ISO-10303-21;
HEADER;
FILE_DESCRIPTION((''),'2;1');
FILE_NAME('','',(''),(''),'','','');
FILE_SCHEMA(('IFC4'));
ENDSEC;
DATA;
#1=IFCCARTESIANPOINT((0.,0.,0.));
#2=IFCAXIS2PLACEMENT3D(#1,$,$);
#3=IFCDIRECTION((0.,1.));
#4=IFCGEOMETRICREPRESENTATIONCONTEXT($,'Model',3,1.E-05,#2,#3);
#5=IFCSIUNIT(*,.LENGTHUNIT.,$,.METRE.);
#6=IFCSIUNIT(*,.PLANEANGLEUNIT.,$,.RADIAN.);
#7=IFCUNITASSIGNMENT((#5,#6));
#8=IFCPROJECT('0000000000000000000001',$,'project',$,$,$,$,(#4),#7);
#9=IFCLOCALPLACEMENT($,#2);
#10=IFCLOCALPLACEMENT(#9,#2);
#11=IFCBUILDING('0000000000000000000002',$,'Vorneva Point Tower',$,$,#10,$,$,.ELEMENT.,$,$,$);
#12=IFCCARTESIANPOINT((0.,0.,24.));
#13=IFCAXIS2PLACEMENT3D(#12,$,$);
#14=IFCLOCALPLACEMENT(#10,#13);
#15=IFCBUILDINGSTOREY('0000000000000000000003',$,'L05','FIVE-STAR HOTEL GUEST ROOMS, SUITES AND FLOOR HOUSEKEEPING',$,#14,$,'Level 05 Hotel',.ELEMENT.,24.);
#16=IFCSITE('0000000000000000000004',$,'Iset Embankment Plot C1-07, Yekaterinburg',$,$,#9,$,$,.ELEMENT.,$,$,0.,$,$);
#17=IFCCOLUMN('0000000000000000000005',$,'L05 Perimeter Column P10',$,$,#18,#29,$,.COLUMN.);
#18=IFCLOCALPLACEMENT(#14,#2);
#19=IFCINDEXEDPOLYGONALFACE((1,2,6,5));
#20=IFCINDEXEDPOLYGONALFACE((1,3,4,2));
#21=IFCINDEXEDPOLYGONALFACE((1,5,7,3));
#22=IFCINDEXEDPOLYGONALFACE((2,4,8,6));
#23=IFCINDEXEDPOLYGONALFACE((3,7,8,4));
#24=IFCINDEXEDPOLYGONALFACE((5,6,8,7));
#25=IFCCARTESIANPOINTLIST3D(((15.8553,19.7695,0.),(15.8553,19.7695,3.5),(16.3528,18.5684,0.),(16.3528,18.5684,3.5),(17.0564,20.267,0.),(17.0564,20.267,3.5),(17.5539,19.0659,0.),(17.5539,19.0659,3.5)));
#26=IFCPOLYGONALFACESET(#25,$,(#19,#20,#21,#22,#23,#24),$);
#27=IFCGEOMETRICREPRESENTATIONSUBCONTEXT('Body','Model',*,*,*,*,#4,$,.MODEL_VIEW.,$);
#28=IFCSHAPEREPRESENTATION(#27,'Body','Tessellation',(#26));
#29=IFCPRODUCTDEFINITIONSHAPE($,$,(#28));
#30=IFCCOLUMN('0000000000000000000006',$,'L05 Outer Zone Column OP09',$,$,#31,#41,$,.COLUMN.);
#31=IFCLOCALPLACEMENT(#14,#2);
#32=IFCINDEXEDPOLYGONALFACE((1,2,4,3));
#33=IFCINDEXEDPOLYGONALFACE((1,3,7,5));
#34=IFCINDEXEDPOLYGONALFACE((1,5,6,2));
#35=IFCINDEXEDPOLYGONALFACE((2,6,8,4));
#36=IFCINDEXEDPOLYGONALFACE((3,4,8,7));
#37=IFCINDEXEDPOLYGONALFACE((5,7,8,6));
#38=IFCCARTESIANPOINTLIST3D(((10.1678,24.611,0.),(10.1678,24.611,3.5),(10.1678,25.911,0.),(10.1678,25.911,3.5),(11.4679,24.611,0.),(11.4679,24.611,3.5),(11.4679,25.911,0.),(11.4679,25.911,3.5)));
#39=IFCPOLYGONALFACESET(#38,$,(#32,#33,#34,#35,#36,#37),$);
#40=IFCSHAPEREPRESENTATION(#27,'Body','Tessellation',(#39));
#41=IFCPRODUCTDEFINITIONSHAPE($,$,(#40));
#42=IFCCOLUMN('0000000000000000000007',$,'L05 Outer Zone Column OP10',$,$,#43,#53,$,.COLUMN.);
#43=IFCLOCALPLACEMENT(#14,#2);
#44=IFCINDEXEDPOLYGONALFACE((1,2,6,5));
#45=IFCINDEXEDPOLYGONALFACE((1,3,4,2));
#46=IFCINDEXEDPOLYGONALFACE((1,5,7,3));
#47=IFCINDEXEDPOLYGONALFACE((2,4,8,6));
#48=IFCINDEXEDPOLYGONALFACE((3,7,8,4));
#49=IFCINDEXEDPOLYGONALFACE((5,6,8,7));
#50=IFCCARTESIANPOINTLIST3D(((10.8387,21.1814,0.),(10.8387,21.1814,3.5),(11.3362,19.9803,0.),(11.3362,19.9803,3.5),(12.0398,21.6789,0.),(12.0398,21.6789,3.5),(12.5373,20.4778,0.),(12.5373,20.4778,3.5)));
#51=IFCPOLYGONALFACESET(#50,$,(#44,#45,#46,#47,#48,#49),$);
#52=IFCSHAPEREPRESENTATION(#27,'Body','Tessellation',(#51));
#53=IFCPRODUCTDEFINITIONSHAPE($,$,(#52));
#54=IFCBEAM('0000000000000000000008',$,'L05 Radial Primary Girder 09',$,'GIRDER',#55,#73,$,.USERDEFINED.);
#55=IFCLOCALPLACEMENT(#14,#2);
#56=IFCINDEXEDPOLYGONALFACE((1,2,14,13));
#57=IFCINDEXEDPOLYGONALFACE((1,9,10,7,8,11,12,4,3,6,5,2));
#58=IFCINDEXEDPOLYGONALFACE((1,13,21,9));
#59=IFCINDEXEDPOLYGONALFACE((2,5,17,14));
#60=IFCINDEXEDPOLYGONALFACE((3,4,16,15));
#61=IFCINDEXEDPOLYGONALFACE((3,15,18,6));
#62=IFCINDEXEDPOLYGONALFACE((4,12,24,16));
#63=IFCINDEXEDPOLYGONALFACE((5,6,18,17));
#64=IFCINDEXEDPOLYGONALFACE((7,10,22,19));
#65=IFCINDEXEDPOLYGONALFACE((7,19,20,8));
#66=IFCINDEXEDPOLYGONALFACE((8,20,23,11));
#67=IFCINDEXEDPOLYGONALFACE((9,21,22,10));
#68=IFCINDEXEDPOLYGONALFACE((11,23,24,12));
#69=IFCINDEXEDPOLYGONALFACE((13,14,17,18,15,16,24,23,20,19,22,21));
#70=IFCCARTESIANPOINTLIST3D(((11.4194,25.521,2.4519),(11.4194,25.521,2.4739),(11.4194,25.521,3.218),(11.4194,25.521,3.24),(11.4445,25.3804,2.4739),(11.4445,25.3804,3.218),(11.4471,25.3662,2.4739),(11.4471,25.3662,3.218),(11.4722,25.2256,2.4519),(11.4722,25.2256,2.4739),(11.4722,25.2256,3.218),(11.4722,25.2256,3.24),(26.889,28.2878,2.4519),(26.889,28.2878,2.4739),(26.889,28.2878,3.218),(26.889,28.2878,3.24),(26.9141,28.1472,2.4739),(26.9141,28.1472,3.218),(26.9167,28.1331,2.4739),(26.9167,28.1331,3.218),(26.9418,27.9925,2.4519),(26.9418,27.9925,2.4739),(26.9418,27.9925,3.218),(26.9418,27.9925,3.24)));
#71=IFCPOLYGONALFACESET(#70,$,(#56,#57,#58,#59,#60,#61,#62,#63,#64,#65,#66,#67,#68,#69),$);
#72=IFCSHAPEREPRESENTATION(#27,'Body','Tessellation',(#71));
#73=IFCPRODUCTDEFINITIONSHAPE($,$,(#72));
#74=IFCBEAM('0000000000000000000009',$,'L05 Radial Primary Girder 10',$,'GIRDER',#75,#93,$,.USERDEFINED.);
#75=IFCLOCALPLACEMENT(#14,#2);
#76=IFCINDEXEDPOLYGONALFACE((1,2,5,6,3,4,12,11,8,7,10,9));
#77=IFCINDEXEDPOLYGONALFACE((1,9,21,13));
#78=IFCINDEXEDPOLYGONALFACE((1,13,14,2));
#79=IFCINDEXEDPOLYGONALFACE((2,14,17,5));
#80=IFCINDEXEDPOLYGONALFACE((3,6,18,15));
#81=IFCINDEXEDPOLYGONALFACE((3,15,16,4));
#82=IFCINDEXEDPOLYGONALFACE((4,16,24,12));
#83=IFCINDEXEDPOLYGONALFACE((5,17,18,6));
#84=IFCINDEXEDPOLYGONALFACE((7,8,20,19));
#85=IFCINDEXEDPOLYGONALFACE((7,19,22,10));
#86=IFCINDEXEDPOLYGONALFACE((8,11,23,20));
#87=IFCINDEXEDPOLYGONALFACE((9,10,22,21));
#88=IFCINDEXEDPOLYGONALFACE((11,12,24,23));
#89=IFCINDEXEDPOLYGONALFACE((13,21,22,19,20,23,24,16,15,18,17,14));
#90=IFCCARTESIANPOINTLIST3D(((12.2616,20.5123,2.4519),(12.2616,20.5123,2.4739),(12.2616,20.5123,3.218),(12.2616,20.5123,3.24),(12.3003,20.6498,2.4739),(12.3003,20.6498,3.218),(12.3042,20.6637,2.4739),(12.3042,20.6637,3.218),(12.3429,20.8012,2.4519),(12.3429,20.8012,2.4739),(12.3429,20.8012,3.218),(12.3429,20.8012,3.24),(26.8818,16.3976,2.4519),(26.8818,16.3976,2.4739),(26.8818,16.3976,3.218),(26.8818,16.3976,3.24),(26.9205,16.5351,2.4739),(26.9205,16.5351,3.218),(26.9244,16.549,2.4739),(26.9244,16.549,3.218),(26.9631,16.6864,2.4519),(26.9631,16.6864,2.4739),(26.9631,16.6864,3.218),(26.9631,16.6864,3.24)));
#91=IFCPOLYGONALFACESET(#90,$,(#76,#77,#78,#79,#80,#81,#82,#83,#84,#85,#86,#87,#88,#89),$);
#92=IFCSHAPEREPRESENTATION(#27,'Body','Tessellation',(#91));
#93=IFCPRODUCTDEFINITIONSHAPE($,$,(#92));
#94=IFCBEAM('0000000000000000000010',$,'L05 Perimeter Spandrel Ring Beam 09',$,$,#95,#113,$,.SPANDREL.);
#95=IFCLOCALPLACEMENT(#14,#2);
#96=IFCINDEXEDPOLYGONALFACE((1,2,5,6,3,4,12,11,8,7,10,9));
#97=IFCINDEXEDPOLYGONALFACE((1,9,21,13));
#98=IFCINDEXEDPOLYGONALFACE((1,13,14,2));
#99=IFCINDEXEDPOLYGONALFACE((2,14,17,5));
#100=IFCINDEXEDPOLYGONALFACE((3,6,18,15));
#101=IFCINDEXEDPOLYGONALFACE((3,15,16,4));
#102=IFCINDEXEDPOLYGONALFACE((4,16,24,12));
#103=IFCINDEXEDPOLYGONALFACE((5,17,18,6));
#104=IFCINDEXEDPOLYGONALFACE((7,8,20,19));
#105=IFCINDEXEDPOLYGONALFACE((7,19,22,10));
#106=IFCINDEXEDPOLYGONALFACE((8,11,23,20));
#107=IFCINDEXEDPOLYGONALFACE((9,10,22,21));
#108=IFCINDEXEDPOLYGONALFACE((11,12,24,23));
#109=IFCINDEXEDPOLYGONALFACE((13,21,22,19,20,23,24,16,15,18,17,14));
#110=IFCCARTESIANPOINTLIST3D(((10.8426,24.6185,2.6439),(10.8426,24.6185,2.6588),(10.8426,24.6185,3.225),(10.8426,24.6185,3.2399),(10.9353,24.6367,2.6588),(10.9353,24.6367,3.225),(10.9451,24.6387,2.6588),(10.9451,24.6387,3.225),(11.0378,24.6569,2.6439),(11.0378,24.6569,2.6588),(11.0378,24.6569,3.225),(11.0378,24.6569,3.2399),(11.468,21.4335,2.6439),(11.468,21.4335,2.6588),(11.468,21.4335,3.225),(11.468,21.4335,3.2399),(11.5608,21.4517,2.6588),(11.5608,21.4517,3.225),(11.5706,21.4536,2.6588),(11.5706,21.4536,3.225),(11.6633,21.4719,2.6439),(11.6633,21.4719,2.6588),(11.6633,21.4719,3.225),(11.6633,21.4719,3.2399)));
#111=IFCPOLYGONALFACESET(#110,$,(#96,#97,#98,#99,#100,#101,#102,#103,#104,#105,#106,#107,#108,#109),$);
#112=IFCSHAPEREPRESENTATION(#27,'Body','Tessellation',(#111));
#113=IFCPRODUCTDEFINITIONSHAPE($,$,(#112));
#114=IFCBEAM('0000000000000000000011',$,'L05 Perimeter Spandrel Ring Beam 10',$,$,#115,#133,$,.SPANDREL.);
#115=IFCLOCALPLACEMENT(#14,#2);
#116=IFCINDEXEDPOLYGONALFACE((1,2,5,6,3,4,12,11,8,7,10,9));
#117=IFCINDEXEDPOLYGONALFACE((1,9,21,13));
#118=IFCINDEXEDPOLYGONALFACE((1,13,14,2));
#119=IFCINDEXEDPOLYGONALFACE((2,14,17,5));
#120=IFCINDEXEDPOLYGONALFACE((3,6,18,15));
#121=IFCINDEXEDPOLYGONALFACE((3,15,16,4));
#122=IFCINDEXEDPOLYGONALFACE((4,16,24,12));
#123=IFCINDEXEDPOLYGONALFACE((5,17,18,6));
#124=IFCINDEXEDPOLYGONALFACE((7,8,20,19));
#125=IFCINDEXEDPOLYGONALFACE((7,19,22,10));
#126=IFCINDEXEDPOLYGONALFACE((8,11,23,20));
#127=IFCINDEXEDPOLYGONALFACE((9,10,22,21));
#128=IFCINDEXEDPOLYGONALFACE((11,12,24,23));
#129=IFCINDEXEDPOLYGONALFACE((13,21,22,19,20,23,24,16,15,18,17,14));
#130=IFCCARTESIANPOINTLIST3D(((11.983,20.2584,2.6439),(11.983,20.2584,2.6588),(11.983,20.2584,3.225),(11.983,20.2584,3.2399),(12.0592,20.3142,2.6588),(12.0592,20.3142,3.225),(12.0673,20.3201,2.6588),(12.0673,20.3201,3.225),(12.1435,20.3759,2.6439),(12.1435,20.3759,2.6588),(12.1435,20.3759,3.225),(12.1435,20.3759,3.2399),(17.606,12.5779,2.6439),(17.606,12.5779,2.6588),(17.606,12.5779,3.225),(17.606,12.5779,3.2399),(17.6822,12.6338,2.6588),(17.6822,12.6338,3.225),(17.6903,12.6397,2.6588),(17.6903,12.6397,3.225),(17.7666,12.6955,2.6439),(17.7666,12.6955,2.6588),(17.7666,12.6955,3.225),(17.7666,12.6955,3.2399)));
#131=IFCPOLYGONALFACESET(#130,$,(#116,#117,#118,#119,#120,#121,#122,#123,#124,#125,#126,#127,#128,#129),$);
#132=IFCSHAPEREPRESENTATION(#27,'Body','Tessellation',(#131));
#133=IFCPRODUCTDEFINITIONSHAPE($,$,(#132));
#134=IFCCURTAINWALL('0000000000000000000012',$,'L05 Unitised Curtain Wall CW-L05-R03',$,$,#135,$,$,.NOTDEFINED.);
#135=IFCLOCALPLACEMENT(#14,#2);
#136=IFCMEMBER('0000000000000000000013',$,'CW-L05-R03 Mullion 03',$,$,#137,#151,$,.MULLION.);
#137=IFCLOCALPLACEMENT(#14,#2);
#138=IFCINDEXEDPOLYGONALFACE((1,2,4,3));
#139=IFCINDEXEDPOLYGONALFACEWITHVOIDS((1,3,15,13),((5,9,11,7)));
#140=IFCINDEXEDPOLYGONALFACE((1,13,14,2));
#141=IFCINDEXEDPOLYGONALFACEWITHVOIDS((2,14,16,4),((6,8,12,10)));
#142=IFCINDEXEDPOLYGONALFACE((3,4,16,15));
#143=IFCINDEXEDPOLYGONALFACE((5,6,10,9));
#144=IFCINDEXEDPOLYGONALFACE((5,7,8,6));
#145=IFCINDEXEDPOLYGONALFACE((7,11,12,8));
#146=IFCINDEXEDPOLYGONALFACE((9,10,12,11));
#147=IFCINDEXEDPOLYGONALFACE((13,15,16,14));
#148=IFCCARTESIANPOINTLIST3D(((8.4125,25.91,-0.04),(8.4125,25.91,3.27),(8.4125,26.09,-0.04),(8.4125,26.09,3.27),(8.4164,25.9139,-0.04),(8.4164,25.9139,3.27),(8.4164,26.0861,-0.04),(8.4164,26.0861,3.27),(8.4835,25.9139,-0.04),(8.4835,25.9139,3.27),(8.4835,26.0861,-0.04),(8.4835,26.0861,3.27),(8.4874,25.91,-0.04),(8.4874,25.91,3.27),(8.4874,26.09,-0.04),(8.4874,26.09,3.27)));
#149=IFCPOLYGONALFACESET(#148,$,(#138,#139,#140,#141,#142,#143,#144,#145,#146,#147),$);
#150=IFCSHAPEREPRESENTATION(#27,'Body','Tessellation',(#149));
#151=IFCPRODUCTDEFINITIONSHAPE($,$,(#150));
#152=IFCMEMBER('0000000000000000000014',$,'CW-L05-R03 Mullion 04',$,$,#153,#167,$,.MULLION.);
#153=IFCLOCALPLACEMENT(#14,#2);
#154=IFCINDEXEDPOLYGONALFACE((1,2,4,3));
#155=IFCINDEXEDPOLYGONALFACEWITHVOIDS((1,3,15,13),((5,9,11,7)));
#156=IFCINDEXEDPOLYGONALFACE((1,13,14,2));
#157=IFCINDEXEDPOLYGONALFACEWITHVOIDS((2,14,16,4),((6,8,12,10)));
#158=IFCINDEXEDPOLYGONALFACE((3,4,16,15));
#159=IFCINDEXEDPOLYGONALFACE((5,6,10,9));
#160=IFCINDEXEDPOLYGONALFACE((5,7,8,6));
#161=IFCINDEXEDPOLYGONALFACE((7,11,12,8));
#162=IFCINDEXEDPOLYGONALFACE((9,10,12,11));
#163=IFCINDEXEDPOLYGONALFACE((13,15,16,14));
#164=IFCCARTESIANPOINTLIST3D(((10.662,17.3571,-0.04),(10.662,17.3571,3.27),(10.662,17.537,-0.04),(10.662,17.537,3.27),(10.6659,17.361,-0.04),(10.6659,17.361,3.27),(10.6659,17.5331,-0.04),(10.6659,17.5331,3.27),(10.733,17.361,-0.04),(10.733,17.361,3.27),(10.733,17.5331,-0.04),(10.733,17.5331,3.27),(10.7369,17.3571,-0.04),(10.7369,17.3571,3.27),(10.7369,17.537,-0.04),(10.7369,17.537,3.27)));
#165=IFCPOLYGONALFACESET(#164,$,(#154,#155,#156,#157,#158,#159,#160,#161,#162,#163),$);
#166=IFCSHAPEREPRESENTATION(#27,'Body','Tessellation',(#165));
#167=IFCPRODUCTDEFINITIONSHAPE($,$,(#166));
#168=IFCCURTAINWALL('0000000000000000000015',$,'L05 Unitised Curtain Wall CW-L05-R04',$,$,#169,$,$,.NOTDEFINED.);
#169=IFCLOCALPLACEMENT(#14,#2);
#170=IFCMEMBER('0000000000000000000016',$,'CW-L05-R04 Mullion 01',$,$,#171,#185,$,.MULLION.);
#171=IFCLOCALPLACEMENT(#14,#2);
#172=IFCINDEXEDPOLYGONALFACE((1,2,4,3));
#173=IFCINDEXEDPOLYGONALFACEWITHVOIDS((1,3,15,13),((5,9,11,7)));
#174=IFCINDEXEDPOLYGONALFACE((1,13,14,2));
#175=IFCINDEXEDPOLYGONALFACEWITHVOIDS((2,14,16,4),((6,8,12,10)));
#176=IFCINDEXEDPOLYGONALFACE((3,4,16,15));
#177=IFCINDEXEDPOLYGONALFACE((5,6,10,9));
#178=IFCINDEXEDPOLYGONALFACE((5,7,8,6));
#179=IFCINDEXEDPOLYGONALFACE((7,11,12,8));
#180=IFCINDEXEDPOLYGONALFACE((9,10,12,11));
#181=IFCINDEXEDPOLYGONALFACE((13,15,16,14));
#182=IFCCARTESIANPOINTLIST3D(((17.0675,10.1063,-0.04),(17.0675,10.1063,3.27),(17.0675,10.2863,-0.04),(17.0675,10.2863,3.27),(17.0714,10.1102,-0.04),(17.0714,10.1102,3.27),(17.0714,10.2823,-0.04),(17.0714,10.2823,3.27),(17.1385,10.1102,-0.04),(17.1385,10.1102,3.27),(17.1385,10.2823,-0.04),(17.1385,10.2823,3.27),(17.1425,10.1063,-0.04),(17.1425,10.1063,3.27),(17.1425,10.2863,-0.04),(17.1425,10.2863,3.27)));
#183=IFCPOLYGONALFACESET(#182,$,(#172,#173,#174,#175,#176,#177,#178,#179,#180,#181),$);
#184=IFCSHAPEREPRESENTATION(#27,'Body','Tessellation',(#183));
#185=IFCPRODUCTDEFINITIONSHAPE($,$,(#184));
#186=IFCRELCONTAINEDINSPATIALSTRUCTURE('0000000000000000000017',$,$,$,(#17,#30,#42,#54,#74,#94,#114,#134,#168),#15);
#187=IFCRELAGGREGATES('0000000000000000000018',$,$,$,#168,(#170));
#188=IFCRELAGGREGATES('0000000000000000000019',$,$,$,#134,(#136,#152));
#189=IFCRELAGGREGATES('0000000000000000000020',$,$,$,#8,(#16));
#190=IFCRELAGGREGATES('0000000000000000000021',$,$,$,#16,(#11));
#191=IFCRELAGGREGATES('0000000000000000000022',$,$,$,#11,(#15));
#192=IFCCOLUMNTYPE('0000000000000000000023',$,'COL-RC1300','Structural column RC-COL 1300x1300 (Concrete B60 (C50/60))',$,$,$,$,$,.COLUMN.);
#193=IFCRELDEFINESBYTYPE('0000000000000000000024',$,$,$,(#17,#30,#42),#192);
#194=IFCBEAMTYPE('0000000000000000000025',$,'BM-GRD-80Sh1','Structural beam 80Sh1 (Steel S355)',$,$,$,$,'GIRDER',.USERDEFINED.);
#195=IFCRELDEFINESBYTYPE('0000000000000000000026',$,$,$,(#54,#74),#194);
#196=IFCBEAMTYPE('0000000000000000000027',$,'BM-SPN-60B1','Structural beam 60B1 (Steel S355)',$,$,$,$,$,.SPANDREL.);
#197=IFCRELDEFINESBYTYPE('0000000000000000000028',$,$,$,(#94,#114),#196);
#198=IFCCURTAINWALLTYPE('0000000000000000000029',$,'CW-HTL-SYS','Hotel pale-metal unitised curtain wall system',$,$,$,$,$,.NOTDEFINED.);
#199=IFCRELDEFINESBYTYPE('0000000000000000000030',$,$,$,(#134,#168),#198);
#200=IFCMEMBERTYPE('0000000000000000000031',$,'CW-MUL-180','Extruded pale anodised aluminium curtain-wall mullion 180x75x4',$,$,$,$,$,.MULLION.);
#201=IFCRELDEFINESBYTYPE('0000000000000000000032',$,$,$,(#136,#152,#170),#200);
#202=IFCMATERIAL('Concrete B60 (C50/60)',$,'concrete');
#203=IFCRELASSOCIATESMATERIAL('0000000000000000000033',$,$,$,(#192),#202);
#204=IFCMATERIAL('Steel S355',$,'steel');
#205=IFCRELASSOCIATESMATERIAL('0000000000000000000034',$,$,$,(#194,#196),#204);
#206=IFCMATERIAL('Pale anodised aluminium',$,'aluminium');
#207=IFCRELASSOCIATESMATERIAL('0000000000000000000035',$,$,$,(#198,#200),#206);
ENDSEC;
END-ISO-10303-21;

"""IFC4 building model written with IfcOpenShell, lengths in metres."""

from ifc_helpers import new_model, si_unit, direction, frame, origin, origin_2d, place, context, subcontext, project, spatial, rectangle, hollow_rectangle, i_section, extrude, material, material_profile, profile_set, type_object, element, aggregate, save


model = new_model("IFC4")

# Units and contexts
model_context = context("Model", 3, precision=1e-05, world=origin(), true_north=direction((0.0, 1.0)))
body_context = subcontext(model_context, "Body", "Model", "MODEL_VIEW")
ifc_project = project(units=[si_unit("LENGTHUNIT", "METRE"), si_unit("PLANEANGLEUNIT", "RADIAN")], contexts=[model_context])

# Site, building, storey
site_placement = place(None, origin())
site = spatial("IfcSite", under=ifc_project, at=site_placement, Name="Iset Embankment Plot C1-07, Yekaterinburg", CompositionType="ELEMENT", RefElevation=0.0)
building_placement = place(site_placement, origin())
building = spatial("IfcBuilding", under=site, at=building_placement, Name="Vorneva Point Tower", CompositionType="ELEMENT")
storey_placement = place(building_placement, frame((0.0, 0.0, 24.0)))
storey = spatial("IfcBuildingStorey", under=building, at=storey_placement, Name="L05", Description="FIVE-STAR HOTEL GUEST ROOMS, SUITES AND FLOOR HOUSEKEEPING", LongName="Level 05 Hotel", CompositionType="ELEMENT", Elevation=24.0)

# Columns
ifc_material_1 = material(Name="Concrete B60 (C50/60)", Category="concrete")
ifc_material_profile_1 = material_profile(ifc_material_1, rectangle(XDim=1.3, YDim=1.3, at=origin_2d()), Name="RC-COL 1300x1300")
ifc_profile_set_1 = profile_set([ifc_material_profile_1], Name="Concrete B60 (C50/60)")
column_type = type_object("IfcColumnType", Name="COL-RC1300", Description="Structural column RC-COL 1300x1300 (Concrete B60 (C50/60))", PredefinedType="COLUMN", material=ifc_profile_set_1)
for number, where, z_axis, x_axis, name in (
    (1, (16.7046, 19.4177, 0.0), (0.0, 0.0, 1.0), (-0.92388, -0.382683, 0.0), "L05 Perimeter Column P10"),
    (2, (10.8179, 25.261, 0.0), (0.0, 0.0, 1.0), (-1.0, 0.0, 0.0), "L05 Outer Zone Column OP09"),
    (3, (11.688, 20.8296, 0.0), (0.0, 0.0, 1.0), (-0.92388, -0.382683, 0.0), "L05 Outer Zone Column OP10"),
):
    element("IfcColumn", number, at=place(storey_placement, frame(where, z_axis=z_axis, x_axis=x_axis)), inside=storey, type_object=column_type, Name=name, PredefinedType="COLUMN", context=body_context, shape_type="SweptSolid", body=[
        extrude(rectangle(XDim=1.3, YDim=1.3, at=origin_2d()), origin(), (0.0, 0.0, 1.0), 3.5),
    ])

# Beams
ifc_material_2 = material(Name="Steel S355", Category="steel")
ifc_material_profile_2 = material_profile(ifc_material_2, i_section(OverallWidth=0.3, OverallDepth=0.7881, WebThickness=0.0144, FlangeThickness=0.022, at=origin_2d()), Name="80Sh1")
ifc_profile_set_2 = profile_set([ifc_material_profile_2], Name="Steel S355")
beam_type_1 = type_object("IfcBeamType", Name="BM-GRD-80Sh1", Description="Structural beam 80Sh1 (Steel S355)", ElementType="GIRDER", PredefinedType="USERDEFINED", material=ifc_profile_set_2)
beam_1_placement = place(storey_placement, frame((11.4458, 25.3733, 2.8459), z_axis=(0.984379, 0.176064, 0.0), x_axis=(-0.176064, 0.984379, 0.0)))
element("IfcBeam", 4, at=beam_1_placement, inside=storey, type_object=beam_type_1, Name="L05 Radial Primary Girder 09", ObjectType="GIRDER", PredefinedType="USERDEFINED", context=body_context, shape_type="SweptSolid", body=[
    extrude(i_section(OverallWidth=0.3, OverallDepth=0.7881, WebThickness=0.0144, FlangeThickness=0.022, at=origin_2d()), origin(), (0.0, 0.0, 1.0), 15.7151),
])
beam_2_placement = place(storey_placement, frame((12.3022, 20.6567, 2.8459), z_axis=(0.962603, -0.270915, 0.0), x_axis=(0.270915, 0.962603, 0.0)))
element("IfcBeam", 5, at=beam_2_placement, inside=storey, type_object=beam_type_1, Name="L05 Radial Primary Girder 10", ObjectType="GIRDER", PredefinedType="USERDEFINED", context=body_context, shape_type="SweptSolid", body=[
    extrude(i_section(OverallWidth=0.3, OverallDepth=0.7881, WebThickness=0.0144, FlangeThickness=0.022, at=origin_2d()), origin(), (0.0, 0.0, 1.0), 15.1882),
])
ifc_material_profile_3 = material_profile(ifc_material_2, i_section(OverallWidth=0.199, OverallDepth=0.5959, WebThickness=0.01, FlangeThickness=0.0149, at=origin_2d()), Name="60B1")
ifc_profile_set_3 = profile_set([ifc_material_profile_3], Name="Steel S355")
beam_type_2 = type_object("IfcBeamType", Name="BM-SPN-60B1", Description="Structural beam 60B1 (Steel S355)", PredefinedType="SPANDREL", material=ifc_profile_set_3)
beam_3_placement = place(storey_placement, frame((10.9402, 24.6377, 2.9419), z_axis=(0.192701, -0.981257, 0.0), x_axis=(0.981257, 0.192701, 0.0)))
element("IfcBeam", 6, at=beam_3_placement, inside=storey, type_object=beam_type_2, Name="L05 Perimeter Spandrel Ring Beam 09", PredefinedType="SPANDREL", context=body_context, shape_type="SweptSolid", body=[
    extrude(i_section(OverallWidth=0.199, OverallDepth=0.5959, WebThickness=0.01, FlangeThickness=0.0149, at=origin_2d()), origin(), (0.0, 0.0, 1.0), 3.2458),
])
beam_4_placement = place(storey_placement, frame((12.0632, 20.3171, 2.9419), z_axis=(0.590731, -0.806869, 0.0), x_axis=(0.806869, 0.590731, 0.0)))
element("IfcBeam", 7, at=beam_4_placement, inside=storey, type_object=beam_type_2, Name="L05 Perimeter Spandrel Ring Beam 10", PredefinedType="SPANDREL", context=body_context, shape_type="SweptSolid", body=[
    extrude(i_section(OverallWidth=0.199, OverallDepth=0.5959, WebThickness=0.01, FlangeThickness=0.0149, at=origin_2d()), origin(), (0.0, 0.0, 1.0), 9.5188),
])

# Curtain wall, members
ifc_material_3 = material(Name="Pale anodised aluminium", Category="aluminium")
curtain_wall_type = type_object("IfcCurtainWallType", Name="CW-HTL-SYS", Description="Hotel pale-metal unitised curtain wall system", PredefinedType="NOTDEFINED", material=ifc_material_3)
curtain_wall_1_placement = place(storey_placement, origin())
curtain_wall_1 = element("IfcCurtainWall", 8, at=curtain_wall_1_placement, inside=storey, type_object=curtain_wall_type, Name="L05 Unitised Curtain Wall CW-L05-R03", PredefinedType="NOTDEFINED")
ifc_material_profile_4 = material_profile(ifc_material_3, hollow_rectangle(XDim=0.075, YDim=0.1799, WallThickness=0.0039, at=origin_2d()), Name="AL-MUL 180x75x4")
ifc_profile_set_4 = profile_set([ifc_material_profile_4], Name="Pale anodised aluminium")
member_type_1 = type_object("IfcMemberType", Name="CW-MUL-180", Description="Extruded pale anodised aluminium curtain-wall mullion 180x75x4", PredefinedType="MULLION", material=ifc_profile_set_4)
member_1_placement = place(storey_placement, frame((8.45, 26.0, -0.04), z_axis=(0.0, 0.0, 1.0), x_axis=(1.0, 0.0, 0.0)))
member_1 = element("IfcMember", 9, at=member_1_placement, type_object=member_type_1, Name="CW-L05-R03 Mullion 03", PredefinedType="MULLION", context=body_context, shape_type="SweptSolid", body=[
    extrude(hollow_rectangle(XDim=0.075, YDim=0.1799, WallThickness=0.0039, at=origin_2d()), origin(), (0.0, 0.0, 1.0), 3.3101),
])
member_2_placement = place(storey_placement, frame((10.6995, 17.447, -0.04), z_axis=(0.0, 0.0, 1.0), x_axis=(1.0, 0.0, 0.0)))
member_2 = element("IfcMember", 10, at=member_2_placement, type_object=member_type_1, Name="CW-L05-R03 Mullion 04", PredefinedType="MULLION", context=body_context, shape_type="SweptSolid", body=[
    extrude(hollow_rectangle(XDim=0.075, YDim=0.1799, WallThickness=0.0039, at=origin_2d()), origin(), (0.0, 0.0, 1.0), 3.3101),
])

# Curtain wall, member
curtain_wall_2_placement = place(storey_placement, origin())
curtain_wall_2 = element("IfcCurtainWall", 11, at=curtain_wall_2_placement, inside=storey, type_object=curtain_wall_type, Name="L05 Unitised Curtain Wall CW-L05-R04", PredefinedType="NOTDEFINED")
member_3_placement = place(storey_placement, frame((17.105, 10.1963, -0.04), z_axis=(0.0, 0.0, 1.0), x_axis=(1.0, 0.0, 0.0)))
member_3 = element("IfcMember", 12, at=member_3_placement, type_object=member_type_1, Name="CW-L05-R04 Mullion 01", PredefinedType="MULLION", context=body_context, shape_type="SweptSolid", body=[
    extrude(hollow_rectangle(XDim=0.075, YDim=0.1799, WallThickness=0.0039, at=origin_2d()), origin(), (0.0, 0.0, 1.0), 3.3101),
])
aggregate(curtain_wall_2, [member_3])

aggregate(curtain_wall_1, [member_1, member_2])

save(model, "model.ifc")
